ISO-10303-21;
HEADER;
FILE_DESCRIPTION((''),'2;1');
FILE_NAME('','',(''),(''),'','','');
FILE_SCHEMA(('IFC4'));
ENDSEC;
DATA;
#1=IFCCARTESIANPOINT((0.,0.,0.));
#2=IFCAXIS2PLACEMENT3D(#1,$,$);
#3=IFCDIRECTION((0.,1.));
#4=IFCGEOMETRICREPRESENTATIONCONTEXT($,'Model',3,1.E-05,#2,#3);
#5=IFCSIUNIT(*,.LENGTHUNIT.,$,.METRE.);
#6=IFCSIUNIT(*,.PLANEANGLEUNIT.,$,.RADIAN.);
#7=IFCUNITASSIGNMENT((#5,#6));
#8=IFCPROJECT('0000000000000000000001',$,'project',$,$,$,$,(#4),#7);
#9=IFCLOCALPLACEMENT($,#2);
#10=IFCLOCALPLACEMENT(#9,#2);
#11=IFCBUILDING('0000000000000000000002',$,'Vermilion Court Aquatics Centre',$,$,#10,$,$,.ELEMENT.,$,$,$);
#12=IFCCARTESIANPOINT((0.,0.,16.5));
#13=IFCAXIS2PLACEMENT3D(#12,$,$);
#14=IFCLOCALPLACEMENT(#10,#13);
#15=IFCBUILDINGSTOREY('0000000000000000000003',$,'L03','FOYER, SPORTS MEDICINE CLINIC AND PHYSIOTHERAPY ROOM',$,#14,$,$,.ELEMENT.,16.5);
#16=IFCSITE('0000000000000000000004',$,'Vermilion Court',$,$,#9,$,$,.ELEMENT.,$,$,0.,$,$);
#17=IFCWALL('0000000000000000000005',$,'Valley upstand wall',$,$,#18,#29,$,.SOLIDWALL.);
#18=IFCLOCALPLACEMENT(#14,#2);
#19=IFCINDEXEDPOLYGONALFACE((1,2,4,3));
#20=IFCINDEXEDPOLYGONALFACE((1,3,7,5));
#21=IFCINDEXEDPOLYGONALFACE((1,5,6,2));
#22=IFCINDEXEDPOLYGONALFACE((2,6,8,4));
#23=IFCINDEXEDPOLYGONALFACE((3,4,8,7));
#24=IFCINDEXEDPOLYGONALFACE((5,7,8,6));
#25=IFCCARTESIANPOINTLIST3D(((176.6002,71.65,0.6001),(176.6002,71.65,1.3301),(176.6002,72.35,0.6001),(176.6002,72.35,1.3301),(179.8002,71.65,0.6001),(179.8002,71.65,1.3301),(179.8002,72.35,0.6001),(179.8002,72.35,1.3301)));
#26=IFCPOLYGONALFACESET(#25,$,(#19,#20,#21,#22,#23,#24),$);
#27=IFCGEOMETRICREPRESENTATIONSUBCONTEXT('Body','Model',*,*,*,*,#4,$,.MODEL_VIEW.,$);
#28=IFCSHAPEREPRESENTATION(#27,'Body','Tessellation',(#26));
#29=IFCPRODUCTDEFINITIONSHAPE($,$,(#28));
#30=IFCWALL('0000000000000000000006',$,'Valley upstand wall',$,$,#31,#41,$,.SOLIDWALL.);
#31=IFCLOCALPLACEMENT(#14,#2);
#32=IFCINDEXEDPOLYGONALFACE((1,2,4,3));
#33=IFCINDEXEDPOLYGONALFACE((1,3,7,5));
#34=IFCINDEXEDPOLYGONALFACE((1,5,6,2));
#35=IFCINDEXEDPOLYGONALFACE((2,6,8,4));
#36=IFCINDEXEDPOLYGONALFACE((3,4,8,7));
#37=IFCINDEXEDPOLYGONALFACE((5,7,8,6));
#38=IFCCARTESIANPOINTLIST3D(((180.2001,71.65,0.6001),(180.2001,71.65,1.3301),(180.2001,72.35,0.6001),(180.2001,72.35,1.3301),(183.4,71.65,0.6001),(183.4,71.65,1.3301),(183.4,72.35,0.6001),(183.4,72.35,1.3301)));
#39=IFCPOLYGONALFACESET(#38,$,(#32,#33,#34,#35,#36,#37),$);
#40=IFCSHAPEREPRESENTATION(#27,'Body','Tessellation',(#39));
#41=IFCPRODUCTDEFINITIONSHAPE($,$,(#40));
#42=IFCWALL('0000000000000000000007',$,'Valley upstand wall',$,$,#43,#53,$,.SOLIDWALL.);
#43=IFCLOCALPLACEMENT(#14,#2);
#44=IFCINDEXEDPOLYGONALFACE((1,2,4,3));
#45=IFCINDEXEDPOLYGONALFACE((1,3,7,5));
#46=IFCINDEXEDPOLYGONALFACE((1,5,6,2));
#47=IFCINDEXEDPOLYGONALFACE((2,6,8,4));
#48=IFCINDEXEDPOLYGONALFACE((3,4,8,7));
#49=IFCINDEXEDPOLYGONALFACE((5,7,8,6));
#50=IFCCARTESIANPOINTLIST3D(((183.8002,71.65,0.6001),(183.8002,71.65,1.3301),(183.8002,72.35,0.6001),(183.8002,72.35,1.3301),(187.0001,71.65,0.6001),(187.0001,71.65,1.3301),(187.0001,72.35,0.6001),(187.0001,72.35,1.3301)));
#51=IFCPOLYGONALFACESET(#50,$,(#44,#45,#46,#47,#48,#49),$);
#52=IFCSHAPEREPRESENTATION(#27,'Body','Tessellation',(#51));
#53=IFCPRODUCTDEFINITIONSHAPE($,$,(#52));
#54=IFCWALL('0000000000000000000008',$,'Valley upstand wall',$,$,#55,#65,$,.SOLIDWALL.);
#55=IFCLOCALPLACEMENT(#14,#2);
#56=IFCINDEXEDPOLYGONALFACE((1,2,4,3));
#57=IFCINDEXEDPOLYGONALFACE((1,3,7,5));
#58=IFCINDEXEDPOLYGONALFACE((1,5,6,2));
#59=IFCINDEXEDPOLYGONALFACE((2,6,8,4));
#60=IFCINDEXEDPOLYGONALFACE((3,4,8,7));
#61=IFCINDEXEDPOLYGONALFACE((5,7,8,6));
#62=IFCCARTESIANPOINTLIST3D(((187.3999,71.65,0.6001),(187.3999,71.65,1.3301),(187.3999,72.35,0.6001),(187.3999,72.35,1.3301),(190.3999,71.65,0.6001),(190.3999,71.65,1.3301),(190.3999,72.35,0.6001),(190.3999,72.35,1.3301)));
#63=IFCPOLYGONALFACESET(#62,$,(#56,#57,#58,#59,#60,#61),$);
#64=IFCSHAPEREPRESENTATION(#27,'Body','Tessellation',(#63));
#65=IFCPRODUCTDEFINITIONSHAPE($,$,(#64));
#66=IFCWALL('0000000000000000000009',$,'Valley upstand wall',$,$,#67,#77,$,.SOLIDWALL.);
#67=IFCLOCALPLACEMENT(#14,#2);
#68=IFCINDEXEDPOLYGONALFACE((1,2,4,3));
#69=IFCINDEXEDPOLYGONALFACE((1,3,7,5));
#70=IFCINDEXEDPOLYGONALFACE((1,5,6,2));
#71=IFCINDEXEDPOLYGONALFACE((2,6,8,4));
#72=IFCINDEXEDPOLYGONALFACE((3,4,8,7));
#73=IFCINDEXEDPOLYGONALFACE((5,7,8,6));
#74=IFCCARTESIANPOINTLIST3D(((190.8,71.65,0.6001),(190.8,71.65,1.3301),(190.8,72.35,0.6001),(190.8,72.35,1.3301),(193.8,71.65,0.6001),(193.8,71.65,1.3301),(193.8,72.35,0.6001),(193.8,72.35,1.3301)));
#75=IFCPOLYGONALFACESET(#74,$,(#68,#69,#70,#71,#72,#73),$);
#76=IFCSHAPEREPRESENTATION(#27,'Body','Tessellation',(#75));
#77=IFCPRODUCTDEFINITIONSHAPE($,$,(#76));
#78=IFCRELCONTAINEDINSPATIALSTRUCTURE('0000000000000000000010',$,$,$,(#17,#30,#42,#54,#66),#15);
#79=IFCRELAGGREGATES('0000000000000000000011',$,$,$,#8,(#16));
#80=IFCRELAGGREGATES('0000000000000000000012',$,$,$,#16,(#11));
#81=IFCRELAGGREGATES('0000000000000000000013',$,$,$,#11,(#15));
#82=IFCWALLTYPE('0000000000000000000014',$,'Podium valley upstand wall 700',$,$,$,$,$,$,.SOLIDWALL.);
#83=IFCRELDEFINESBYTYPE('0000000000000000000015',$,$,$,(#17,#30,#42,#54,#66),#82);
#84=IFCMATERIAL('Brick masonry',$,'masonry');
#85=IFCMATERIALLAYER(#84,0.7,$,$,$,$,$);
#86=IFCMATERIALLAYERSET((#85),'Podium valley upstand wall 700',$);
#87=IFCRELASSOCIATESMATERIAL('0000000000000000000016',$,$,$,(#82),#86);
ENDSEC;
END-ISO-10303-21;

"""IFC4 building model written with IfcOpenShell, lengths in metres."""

from ifc_helpers import new_model, si_unit, direction, frame, frame_2d, origin, place, context, subcontext, project, spatial, rectangle, extrude, material, layer, layer_set, type_object, element, save


model = new_model("IFC4")

# Units and contexts
model_context = context("Model", 3, precision=1e-05, world=origin(), true_north=direction((0.0, 1.0)))
body_context = subcontext(model_context, "Body", "Model", "MODEL_VIEW")
ifc_project = project(units=[si_unit("LENGTHUNIT", "METRE"), si_unit("PLANEANGLEUNIT", "RADIAN")], contexts=[model_context])

# Site, building, storey
site_placement = place(None, origin())
site = spatial("IfcSite", under=ifc_project, at=site_placement, Name="Vermilion Court", CompositionType="ELEMENT", RefElevation=0.0)
building_placement = place(site_placement, origin())
building = spatial("IfcBuilding", under=site, at=building_placement, Name="Vermilion Court Aquatics Centre", CompositionType="ELEMENT")
storey_placement = place(building_placement, frame((0.0, 0.0, 16.5)))
storey = spatial("IfcBuildingStorey", under=building, at=storey_placement, Name="L03", Description="FOYER, SPORTS MEDICINE CLINIC AND PHYSIOTHERAPY ROOM", CompositionType="ELEMENT", Elevation=16.5)

# Walls
ifc_material_1 = material(Name="Brick masonry", Category="masonry")
ifc_layer_1 = layer(ifc_material_1, 0.7)
ifc_layer_set_1 = layer_set([ifc_layer_1], Name="Podium valley upstand wall 700")
wall_type_1 = type_object("IfcWallType", Name="Podium valley upstand wall 700", PredefinedType="SOLIDWALL", material=ifc_layer_set_1)
for number, where, z_axis, x_axis, name in (
    (1, (176.6001, 72.0, 0.6001), (0.0, 0.0, 1.0), (1.0, 0.0, 0.0), "Valley upstand wall"),
    (2, (180.2, 72.0, 0.6001), (0.0, 0.0, 1.0), (1.0, 0.0, 0.0), "Valley upstand wall"),
    (3, (183.8, 72.0, 0.6001), (0.0, 0.0, 1.0), (1.0, 0.0, 0.0), "Valley upstand wall"),
):
    element("IfcWall", number, at=place(storey_placement, frame(where, z_axis=z_axis, x_axis=x_axis)), inside=storey, type_object=wall_type_1, Name=name, PredefinedType="SOLIDWALL", context=body_context, shape_type="SweptSolid", body=[
        extrude(rectangle(XDim=3.2, YDim=0.7, at=frame_2d((1.6001, 0.0))), origin(), (0.0, 0.0, 1.0), 0.73),
    ])
for number, where, z_axis, x_axis, name in (
    (4, (187.3999, 72.0, 0.6001), (0.0, 0.0, 1.0), (1.0, 0.0, 0.0), "Valley upstand wall"),
    (5, (190.8, 72.0, 0.6001), (0.0, 0.0, 1.0), (1.0, 0.0, 0.0), "Valley upstand wall"),
):
    element("IfcWall", number, at=place(storey_placement, frame(where, z_axis=z_axis, x_axis=x_axis)), inside=storey, type_object=wall_type_1, Name=name, PredefinedType="SOLIDWALL", context=body_context, shape_type="SweptSolid", body=[
        extrude(rectangle(XDim=3.0, YDim=0.7, at=frame_2d((1.5, 0.0))), origin(), (0.0, 0.0, 1.0), 0.73),
    ])

save(model, "model.ifc")
